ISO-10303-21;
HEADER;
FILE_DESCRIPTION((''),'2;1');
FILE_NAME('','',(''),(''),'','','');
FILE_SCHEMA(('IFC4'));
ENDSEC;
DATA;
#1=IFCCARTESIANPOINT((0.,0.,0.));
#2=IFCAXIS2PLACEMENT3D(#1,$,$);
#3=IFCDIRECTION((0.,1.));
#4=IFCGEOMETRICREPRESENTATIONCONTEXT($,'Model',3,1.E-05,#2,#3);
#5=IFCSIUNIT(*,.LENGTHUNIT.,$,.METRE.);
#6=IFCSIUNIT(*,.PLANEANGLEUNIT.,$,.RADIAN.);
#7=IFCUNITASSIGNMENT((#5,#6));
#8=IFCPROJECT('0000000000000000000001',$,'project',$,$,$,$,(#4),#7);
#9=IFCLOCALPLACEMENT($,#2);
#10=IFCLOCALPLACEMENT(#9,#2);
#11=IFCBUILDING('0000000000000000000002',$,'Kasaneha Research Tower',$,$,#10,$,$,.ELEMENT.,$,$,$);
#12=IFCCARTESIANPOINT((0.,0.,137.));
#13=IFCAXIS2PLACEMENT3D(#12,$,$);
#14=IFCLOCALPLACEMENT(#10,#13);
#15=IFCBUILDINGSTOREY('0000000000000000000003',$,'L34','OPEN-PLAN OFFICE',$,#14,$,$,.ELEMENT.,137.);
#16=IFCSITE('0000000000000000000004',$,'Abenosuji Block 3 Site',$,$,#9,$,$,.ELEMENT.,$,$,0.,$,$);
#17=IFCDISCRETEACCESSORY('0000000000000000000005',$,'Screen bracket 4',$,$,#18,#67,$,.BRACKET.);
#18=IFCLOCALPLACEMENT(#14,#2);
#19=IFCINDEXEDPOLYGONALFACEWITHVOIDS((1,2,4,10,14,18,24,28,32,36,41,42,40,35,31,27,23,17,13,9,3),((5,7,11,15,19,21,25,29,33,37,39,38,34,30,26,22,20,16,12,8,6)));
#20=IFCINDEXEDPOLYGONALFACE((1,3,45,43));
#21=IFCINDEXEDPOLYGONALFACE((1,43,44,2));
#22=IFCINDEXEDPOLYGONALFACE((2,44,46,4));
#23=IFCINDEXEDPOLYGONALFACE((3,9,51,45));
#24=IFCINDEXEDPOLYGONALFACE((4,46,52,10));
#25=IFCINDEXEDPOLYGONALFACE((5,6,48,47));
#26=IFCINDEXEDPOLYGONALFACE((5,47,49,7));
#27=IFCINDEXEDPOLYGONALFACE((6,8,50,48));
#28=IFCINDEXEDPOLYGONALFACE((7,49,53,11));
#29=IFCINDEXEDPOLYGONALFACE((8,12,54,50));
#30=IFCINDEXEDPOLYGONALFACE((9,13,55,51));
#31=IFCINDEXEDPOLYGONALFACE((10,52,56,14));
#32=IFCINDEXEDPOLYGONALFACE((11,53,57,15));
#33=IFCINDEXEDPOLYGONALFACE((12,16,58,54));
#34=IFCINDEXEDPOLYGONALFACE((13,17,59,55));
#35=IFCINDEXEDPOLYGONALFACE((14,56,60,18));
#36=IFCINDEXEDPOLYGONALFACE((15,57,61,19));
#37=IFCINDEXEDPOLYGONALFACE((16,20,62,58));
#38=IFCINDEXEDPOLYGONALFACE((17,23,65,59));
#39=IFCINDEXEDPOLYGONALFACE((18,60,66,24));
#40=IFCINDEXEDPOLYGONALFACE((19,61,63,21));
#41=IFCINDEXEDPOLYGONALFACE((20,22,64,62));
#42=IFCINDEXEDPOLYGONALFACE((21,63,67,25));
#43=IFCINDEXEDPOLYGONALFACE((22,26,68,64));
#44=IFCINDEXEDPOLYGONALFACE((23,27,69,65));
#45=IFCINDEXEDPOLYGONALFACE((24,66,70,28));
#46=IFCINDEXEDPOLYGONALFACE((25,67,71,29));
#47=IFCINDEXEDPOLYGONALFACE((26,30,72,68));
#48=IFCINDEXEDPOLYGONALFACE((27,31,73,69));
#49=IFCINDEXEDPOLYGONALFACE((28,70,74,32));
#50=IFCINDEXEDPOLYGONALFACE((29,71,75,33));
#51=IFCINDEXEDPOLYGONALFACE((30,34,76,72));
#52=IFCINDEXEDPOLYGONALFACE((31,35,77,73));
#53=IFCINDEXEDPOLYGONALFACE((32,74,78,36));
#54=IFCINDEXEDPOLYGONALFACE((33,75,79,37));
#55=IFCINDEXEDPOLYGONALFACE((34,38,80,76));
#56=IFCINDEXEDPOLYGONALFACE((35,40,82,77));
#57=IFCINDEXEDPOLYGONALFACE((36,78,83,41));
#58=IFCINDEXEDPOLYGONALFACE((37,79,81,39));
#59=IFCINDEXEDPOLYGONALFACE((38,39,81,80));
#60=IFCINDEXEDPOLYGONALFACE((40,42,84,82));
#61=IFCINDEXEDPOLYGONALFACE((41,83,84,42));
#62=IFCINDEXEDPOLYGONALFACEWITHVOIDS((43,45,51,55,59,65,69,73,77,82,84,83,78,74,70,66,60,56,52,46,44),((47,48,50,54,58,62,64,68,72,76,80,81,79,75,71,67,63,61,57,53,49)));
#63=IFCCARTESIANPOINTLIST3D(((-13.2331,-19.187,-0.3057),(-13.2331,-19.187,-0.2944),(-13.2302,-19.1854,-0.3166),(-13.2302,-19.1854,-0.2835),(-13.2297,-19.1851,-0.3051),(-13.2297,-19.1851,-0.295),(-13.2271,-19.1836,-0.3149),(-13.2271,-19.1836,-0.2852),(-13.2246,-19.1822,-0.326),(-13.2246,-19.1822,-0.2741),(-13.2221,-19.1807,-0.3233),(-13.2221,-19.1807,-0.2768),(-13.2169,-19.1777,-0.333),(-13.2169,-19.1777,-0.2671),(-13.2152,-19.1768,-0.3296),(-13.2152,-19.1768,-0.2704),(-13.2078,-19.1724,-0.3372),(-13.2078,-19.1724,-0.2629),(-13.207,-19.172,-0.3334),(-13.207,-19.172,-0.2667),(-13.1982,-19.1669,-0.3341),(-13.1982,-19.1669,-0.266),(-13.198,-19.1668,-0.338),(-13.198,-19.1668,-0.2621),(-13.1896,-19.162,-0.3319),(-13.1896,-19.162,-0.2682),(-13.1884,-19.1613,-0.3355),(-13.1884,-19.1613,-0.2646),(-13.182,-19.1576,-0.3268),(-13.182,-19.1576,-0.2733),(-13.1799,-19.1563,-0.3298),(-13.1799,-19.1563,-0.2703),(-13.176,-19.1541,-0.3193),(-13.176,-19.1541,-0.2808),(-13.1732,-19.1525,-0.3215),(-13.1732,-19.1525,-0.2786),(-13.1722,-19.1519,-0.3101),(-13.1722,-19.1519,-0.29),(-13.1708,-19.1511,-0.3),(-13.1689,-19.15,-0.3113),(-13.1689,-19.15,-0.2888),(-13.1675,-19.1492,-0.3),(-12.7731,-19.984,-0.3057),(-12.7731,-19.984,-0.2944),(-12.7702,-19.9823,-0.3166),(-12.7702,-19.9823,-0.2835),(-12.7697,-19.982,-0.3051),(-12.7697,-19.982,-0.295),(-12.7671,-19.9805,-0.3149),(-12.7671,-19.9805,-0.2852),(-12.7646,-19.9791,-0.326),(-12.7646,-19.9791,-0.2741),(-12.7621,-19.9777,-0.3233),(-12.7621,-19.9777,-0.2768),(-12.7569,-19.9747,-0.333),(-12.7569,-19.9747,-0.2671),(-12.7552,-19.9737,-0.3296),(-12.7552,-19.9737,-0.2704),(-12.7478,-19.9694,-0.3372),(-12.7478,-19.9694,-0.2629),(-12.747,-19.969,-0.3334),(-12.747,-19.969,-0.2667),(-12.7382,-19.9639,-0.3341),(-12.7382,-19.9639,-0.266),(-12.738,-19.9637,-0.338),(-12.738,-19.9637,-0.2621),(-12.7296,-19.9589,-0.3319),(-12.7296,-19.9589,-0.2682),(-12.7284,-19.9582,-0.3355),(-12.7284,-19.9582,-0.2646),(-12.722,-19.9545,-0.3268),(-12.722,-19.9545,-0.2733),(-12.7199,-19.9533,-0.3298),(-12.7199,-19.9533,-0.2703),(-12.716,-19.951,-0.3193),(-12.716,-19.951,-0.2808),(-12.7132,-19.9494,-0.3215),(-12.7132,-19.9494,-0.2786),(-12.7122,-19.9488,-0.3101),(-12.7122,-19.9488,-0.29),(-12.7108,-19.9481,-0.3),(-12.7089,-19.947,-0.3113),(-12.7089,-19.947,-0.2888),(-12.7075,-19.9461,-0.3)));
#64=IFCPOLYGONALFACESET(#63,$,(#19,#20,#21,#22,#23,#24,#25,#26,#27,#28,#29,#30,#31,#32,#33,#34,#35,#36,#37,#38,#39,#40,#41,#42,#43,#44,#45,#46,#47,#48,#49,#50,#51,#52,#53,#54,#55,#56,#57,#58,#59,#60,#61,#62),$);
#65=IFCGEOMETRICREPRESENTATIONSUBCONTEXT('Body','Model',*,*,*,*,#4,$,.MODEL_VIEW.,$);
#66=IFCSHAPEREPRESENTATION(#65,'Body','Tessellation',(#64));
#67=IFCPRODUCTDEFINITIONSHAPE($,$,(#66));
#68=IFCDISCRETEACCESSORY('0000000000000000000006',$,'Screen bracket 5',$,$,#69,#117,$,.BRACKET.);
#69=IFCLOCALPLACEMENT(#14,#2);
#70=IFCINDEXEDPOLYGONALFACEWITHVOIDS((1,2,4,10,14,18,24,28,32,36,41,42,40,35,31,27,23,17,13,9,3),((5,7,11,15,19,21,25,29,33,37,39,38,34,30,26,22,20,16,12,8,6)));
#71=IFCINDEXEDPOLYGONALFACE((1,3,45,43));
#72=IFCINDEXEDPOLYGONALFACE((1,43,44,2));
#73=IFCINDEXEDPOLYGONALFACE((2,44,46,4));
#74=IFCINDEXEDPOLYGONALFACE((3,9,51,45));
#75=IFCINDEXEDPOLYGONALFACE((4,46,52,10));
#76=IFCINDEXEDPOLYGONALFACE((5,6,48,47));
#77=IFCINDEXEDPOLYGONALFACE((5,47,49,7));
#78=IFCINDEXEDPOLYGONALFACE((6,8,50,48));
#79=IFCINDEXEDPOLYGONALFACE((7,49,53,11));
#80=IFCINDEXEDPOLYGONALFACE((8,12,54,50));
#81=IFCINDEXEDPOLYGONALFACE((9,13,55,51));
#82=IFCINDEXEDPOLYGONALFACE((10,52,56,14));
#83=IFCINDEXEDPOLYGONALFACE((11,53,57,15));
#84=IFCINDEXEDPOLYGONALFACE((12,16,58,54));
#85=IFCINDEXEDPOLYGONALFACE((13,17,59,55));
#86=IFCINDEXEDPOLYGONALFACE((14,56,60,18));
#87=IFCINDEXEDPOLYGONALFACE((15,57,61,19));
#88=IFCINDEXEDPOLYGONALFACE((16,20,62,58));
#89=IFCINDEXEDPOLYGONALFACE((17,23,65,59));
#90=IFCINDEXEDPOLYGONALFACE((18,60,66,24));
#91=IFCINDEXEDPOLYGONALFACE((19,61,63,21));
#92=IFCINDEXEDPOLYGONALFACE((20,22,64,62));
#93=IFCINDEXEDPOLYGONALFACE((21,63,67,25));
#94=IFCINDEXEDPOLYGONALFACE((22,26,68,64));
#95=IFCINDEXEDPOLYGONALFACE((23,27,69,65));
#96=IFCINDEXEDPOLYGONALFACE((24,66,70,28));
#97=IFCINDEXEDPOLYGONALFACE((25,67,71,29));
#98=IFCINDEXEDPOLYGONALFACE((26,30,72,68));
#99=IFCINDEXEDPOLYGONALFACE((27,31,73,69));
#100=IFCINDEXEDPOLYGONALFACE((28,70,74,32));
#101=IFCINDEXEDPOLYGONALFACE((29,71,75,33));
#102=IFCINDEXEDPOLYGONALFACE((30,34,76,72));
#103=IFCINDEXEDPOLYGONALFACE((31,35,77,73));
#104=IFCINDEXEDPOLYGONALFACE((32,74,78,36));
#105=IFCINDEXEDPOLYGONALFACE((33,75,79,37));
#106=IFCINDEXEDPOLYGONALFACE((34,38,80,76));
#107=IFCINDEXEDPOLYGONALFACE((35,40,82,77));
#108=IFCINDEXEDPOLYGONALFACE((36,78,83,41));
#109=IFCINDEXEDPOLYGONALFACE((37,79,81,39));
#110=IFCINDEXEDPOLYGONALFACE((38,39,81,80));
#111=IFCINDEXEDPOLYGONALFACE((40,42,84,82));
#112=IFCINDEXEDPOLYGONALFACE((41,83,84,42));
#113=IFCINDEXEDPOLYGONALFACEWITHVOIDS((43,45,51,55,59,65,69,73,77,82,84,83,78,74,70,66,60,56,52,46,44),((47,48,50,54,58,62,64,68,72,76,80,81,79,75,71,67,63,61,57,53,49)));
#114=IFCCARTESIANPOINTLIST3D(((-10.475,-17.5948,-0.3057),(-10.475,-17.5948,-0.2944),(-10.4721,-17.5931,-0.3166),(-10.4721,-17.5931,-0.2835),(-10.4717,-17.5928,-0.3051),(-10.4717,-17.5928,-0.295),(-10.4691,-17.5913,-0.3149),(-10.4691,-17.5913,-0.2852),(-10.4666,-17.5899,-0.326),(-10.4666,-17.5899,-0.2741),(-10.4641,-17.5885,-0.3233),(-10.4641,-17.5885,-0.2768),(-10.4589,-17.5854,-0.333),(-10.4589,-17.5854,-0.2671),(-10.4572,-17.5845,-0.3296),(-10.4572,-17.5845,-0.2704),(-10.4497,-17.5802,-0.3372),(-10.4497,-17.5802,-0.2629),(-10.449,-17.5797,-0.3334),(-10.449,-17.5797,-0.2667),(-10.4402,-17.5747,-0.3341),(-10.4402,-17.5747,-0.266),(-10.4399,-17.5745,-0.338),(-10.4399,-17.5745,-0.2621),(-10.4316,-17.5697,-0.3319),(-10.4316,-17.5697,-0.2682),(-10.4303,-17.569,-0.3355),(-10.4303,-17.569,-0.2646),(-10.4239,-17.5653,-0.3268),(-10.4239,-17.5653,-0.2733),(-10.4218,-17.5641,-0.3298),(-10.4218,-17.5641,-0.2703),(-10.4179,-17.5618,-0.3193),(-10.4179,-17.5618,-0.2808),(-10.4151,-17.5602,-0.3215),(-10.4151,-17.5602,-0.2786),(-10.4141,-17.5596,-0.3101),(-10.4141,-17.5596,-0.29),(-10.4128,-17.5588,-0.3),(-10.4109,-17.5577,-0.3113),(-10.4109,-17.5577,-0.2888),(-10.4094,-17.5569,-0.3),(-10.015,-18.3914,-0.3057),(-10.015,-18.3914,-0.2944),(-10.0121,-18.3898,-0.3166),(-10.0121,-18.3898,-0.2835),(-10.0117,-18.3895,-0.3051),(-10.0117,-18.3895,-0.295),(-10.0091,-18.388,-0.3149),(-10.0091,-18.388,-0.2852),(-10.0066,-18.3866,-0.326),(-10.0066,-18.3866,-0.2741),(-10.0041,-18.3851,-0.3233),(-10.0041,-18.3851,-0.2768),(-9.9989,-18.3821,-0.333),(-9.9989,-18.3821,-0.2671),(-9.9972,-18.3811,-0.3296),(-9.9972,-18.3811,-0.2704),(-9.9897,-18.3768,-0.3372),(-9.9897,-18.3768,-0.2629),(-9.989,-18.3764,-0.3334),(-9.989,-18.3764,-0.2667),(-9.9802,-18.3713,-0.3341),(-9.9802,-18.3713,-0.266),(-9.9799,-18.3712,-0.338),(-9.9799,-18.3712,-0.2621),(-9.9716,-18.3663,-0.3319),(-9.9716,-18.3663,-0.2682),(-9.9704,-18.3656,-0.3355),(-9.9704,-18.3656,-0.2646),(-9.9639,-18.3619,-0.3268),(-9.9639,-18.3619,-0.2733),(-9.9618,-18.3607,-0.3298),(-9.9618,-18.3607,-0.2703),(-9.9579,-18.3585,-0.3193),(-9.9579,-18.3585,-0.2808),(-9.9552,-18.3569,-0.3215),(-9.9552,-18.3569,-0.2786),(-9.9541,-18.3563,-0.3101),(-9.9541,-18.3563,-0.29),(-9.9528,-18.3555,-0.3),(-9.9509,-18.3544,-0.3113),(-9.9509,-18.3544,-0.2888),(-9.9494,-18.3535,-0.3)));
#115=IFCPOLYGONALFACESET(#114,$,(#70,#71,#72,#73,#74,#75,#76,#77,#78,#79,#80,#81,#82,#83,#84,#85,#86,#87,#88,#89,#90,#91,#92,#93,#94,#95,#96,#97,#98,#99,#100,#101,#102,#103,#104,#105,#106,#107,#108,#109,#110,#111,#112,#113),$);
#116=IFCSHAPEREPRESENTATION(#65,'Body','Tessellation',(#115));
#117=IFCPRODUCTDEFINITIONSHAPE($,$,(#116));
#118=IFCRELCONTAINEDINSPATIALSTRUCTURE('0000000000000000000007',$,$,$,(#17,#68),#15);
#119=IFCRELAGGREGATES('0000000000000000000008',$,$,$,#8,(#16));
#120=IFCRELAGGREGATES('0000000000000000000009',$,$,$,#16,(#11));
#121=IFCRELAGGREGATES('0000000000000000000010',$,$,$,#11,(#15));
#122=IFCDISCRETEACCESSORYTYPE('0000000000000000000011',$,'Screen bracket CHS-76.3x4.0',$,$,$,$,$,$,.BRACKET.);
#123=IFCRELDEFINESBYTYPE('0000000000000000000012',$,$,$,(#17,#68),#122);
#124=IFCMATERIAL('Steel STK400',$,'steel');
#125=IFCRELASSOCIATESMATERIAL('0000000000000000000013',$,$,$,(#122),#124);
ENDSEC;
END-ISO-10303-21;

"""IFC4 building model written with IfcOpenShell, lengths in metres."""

from ifc_helpers import new_model, si_unit, direction, frame, origin, origin_2d, place, context, subcontext, project, spatial, hollow_circle, extrude, material, material_profile, profile_set, type_object, element, save


model = new_model("IFC4")

# Units and contexts
model_context = context("Model", 3, precision=1e-05, world=origin(), true_north=direction((0.0, 1.0)))
body_context = subcontext(model_context, "Body", "Model", "MODEL_VIEW")
ifc_project = project(units=[si_unit("LENGTHUNIT", "METRE"), si_unit("PLANEANGLEUNIT", "RADIAN")], contexts=[model_context])

# Site, building, storey
site_placement = place(None, origin())
site = spatial("IfcSite", under=ifc_project, at=site_placement, Name="Abenosuji Block 3 Site", CompositionType="ELEMENT", RefElevation=0.0)
building_placement = place(site_placement, origin())
building = spatial("IfcBuilding", under=site, at=building_placement, Name="Kasaneha Research Tower", CompositionType="ELEMENT")
storey_placement = place(building_placement, frame((0.0, 0.0, 137.0)))
storey = spatial("IfcBuildingStorey", under=building, at=storey_placement, Name="L34", Description="OPEN-PLAN OFFICE", CompositionType="ELEMENT", Elevation=137.0)

# Discrete accessories
ifc_material_1 = material(Name="Steel STK400", Category="steel")
ifc_material_profile_1 = material_profile(ifc_material_1, hollow_circle(Radius=0.0381, WallThickness=0.0039, at=origin_2d()), Name="CHS-76.3x4.0")
ifc_profile_set_1 = profile_set([ifc_material_profile_1], Name="Steel STK400")
discrete_accessory_type = type_object("IfcDiscreteAccessoryType", Name="Screen bracket CHS-76.3x4.0", PredefinedType="BRACKET", material=ifc_profile_set_1)
discrete_accessory_1_placement = place(storey_placement, frame((-13.2004, -19.1682, -0.3), z_axis=(0.499906, -0.86608, 0.0), x_axis=(0.86608, 0.499906, 0.0)))
element("IfcDiscreteAccessory", 1, at=discrete_accessory_1_placement, inside=storey, type_object=discrete_accessory_type, Name="Screen bracket 4", PredefinedType="BRACKET", context=body_context, shape_type="SweptSolid", body=[
    extrude(hollow_circle(Radius=0.0381, WallThickness=0.0039, at=origin_2d()), origin(), (0.0, 0.0, 1.0), 0.9202),
])
discrete_accessory_2_placement = place(storey_placement, frame((-10.4424, -17.5759, -0.3), z_axis=(0.500021, -0.866013, 0.0), x_axis=(0.866013, 0.500021, 0.0)))
element("IfcDiscreteAccessory", 2, at=discrete_accessory_2_placement, inside=storey, type_object=discrete_accessory_type, Name="Screen bracket 5", PredefinedType="BRACKET", context=body_context, shape_type="SweptSolid", body=[
    extrude(hollow_circle(Radius=0.0381, WallThickness=0.0039, at=origin_2d()), origin(), (0.0, 0.0, 1.0), 0.9199),
])

save(model, "model.ifc")
